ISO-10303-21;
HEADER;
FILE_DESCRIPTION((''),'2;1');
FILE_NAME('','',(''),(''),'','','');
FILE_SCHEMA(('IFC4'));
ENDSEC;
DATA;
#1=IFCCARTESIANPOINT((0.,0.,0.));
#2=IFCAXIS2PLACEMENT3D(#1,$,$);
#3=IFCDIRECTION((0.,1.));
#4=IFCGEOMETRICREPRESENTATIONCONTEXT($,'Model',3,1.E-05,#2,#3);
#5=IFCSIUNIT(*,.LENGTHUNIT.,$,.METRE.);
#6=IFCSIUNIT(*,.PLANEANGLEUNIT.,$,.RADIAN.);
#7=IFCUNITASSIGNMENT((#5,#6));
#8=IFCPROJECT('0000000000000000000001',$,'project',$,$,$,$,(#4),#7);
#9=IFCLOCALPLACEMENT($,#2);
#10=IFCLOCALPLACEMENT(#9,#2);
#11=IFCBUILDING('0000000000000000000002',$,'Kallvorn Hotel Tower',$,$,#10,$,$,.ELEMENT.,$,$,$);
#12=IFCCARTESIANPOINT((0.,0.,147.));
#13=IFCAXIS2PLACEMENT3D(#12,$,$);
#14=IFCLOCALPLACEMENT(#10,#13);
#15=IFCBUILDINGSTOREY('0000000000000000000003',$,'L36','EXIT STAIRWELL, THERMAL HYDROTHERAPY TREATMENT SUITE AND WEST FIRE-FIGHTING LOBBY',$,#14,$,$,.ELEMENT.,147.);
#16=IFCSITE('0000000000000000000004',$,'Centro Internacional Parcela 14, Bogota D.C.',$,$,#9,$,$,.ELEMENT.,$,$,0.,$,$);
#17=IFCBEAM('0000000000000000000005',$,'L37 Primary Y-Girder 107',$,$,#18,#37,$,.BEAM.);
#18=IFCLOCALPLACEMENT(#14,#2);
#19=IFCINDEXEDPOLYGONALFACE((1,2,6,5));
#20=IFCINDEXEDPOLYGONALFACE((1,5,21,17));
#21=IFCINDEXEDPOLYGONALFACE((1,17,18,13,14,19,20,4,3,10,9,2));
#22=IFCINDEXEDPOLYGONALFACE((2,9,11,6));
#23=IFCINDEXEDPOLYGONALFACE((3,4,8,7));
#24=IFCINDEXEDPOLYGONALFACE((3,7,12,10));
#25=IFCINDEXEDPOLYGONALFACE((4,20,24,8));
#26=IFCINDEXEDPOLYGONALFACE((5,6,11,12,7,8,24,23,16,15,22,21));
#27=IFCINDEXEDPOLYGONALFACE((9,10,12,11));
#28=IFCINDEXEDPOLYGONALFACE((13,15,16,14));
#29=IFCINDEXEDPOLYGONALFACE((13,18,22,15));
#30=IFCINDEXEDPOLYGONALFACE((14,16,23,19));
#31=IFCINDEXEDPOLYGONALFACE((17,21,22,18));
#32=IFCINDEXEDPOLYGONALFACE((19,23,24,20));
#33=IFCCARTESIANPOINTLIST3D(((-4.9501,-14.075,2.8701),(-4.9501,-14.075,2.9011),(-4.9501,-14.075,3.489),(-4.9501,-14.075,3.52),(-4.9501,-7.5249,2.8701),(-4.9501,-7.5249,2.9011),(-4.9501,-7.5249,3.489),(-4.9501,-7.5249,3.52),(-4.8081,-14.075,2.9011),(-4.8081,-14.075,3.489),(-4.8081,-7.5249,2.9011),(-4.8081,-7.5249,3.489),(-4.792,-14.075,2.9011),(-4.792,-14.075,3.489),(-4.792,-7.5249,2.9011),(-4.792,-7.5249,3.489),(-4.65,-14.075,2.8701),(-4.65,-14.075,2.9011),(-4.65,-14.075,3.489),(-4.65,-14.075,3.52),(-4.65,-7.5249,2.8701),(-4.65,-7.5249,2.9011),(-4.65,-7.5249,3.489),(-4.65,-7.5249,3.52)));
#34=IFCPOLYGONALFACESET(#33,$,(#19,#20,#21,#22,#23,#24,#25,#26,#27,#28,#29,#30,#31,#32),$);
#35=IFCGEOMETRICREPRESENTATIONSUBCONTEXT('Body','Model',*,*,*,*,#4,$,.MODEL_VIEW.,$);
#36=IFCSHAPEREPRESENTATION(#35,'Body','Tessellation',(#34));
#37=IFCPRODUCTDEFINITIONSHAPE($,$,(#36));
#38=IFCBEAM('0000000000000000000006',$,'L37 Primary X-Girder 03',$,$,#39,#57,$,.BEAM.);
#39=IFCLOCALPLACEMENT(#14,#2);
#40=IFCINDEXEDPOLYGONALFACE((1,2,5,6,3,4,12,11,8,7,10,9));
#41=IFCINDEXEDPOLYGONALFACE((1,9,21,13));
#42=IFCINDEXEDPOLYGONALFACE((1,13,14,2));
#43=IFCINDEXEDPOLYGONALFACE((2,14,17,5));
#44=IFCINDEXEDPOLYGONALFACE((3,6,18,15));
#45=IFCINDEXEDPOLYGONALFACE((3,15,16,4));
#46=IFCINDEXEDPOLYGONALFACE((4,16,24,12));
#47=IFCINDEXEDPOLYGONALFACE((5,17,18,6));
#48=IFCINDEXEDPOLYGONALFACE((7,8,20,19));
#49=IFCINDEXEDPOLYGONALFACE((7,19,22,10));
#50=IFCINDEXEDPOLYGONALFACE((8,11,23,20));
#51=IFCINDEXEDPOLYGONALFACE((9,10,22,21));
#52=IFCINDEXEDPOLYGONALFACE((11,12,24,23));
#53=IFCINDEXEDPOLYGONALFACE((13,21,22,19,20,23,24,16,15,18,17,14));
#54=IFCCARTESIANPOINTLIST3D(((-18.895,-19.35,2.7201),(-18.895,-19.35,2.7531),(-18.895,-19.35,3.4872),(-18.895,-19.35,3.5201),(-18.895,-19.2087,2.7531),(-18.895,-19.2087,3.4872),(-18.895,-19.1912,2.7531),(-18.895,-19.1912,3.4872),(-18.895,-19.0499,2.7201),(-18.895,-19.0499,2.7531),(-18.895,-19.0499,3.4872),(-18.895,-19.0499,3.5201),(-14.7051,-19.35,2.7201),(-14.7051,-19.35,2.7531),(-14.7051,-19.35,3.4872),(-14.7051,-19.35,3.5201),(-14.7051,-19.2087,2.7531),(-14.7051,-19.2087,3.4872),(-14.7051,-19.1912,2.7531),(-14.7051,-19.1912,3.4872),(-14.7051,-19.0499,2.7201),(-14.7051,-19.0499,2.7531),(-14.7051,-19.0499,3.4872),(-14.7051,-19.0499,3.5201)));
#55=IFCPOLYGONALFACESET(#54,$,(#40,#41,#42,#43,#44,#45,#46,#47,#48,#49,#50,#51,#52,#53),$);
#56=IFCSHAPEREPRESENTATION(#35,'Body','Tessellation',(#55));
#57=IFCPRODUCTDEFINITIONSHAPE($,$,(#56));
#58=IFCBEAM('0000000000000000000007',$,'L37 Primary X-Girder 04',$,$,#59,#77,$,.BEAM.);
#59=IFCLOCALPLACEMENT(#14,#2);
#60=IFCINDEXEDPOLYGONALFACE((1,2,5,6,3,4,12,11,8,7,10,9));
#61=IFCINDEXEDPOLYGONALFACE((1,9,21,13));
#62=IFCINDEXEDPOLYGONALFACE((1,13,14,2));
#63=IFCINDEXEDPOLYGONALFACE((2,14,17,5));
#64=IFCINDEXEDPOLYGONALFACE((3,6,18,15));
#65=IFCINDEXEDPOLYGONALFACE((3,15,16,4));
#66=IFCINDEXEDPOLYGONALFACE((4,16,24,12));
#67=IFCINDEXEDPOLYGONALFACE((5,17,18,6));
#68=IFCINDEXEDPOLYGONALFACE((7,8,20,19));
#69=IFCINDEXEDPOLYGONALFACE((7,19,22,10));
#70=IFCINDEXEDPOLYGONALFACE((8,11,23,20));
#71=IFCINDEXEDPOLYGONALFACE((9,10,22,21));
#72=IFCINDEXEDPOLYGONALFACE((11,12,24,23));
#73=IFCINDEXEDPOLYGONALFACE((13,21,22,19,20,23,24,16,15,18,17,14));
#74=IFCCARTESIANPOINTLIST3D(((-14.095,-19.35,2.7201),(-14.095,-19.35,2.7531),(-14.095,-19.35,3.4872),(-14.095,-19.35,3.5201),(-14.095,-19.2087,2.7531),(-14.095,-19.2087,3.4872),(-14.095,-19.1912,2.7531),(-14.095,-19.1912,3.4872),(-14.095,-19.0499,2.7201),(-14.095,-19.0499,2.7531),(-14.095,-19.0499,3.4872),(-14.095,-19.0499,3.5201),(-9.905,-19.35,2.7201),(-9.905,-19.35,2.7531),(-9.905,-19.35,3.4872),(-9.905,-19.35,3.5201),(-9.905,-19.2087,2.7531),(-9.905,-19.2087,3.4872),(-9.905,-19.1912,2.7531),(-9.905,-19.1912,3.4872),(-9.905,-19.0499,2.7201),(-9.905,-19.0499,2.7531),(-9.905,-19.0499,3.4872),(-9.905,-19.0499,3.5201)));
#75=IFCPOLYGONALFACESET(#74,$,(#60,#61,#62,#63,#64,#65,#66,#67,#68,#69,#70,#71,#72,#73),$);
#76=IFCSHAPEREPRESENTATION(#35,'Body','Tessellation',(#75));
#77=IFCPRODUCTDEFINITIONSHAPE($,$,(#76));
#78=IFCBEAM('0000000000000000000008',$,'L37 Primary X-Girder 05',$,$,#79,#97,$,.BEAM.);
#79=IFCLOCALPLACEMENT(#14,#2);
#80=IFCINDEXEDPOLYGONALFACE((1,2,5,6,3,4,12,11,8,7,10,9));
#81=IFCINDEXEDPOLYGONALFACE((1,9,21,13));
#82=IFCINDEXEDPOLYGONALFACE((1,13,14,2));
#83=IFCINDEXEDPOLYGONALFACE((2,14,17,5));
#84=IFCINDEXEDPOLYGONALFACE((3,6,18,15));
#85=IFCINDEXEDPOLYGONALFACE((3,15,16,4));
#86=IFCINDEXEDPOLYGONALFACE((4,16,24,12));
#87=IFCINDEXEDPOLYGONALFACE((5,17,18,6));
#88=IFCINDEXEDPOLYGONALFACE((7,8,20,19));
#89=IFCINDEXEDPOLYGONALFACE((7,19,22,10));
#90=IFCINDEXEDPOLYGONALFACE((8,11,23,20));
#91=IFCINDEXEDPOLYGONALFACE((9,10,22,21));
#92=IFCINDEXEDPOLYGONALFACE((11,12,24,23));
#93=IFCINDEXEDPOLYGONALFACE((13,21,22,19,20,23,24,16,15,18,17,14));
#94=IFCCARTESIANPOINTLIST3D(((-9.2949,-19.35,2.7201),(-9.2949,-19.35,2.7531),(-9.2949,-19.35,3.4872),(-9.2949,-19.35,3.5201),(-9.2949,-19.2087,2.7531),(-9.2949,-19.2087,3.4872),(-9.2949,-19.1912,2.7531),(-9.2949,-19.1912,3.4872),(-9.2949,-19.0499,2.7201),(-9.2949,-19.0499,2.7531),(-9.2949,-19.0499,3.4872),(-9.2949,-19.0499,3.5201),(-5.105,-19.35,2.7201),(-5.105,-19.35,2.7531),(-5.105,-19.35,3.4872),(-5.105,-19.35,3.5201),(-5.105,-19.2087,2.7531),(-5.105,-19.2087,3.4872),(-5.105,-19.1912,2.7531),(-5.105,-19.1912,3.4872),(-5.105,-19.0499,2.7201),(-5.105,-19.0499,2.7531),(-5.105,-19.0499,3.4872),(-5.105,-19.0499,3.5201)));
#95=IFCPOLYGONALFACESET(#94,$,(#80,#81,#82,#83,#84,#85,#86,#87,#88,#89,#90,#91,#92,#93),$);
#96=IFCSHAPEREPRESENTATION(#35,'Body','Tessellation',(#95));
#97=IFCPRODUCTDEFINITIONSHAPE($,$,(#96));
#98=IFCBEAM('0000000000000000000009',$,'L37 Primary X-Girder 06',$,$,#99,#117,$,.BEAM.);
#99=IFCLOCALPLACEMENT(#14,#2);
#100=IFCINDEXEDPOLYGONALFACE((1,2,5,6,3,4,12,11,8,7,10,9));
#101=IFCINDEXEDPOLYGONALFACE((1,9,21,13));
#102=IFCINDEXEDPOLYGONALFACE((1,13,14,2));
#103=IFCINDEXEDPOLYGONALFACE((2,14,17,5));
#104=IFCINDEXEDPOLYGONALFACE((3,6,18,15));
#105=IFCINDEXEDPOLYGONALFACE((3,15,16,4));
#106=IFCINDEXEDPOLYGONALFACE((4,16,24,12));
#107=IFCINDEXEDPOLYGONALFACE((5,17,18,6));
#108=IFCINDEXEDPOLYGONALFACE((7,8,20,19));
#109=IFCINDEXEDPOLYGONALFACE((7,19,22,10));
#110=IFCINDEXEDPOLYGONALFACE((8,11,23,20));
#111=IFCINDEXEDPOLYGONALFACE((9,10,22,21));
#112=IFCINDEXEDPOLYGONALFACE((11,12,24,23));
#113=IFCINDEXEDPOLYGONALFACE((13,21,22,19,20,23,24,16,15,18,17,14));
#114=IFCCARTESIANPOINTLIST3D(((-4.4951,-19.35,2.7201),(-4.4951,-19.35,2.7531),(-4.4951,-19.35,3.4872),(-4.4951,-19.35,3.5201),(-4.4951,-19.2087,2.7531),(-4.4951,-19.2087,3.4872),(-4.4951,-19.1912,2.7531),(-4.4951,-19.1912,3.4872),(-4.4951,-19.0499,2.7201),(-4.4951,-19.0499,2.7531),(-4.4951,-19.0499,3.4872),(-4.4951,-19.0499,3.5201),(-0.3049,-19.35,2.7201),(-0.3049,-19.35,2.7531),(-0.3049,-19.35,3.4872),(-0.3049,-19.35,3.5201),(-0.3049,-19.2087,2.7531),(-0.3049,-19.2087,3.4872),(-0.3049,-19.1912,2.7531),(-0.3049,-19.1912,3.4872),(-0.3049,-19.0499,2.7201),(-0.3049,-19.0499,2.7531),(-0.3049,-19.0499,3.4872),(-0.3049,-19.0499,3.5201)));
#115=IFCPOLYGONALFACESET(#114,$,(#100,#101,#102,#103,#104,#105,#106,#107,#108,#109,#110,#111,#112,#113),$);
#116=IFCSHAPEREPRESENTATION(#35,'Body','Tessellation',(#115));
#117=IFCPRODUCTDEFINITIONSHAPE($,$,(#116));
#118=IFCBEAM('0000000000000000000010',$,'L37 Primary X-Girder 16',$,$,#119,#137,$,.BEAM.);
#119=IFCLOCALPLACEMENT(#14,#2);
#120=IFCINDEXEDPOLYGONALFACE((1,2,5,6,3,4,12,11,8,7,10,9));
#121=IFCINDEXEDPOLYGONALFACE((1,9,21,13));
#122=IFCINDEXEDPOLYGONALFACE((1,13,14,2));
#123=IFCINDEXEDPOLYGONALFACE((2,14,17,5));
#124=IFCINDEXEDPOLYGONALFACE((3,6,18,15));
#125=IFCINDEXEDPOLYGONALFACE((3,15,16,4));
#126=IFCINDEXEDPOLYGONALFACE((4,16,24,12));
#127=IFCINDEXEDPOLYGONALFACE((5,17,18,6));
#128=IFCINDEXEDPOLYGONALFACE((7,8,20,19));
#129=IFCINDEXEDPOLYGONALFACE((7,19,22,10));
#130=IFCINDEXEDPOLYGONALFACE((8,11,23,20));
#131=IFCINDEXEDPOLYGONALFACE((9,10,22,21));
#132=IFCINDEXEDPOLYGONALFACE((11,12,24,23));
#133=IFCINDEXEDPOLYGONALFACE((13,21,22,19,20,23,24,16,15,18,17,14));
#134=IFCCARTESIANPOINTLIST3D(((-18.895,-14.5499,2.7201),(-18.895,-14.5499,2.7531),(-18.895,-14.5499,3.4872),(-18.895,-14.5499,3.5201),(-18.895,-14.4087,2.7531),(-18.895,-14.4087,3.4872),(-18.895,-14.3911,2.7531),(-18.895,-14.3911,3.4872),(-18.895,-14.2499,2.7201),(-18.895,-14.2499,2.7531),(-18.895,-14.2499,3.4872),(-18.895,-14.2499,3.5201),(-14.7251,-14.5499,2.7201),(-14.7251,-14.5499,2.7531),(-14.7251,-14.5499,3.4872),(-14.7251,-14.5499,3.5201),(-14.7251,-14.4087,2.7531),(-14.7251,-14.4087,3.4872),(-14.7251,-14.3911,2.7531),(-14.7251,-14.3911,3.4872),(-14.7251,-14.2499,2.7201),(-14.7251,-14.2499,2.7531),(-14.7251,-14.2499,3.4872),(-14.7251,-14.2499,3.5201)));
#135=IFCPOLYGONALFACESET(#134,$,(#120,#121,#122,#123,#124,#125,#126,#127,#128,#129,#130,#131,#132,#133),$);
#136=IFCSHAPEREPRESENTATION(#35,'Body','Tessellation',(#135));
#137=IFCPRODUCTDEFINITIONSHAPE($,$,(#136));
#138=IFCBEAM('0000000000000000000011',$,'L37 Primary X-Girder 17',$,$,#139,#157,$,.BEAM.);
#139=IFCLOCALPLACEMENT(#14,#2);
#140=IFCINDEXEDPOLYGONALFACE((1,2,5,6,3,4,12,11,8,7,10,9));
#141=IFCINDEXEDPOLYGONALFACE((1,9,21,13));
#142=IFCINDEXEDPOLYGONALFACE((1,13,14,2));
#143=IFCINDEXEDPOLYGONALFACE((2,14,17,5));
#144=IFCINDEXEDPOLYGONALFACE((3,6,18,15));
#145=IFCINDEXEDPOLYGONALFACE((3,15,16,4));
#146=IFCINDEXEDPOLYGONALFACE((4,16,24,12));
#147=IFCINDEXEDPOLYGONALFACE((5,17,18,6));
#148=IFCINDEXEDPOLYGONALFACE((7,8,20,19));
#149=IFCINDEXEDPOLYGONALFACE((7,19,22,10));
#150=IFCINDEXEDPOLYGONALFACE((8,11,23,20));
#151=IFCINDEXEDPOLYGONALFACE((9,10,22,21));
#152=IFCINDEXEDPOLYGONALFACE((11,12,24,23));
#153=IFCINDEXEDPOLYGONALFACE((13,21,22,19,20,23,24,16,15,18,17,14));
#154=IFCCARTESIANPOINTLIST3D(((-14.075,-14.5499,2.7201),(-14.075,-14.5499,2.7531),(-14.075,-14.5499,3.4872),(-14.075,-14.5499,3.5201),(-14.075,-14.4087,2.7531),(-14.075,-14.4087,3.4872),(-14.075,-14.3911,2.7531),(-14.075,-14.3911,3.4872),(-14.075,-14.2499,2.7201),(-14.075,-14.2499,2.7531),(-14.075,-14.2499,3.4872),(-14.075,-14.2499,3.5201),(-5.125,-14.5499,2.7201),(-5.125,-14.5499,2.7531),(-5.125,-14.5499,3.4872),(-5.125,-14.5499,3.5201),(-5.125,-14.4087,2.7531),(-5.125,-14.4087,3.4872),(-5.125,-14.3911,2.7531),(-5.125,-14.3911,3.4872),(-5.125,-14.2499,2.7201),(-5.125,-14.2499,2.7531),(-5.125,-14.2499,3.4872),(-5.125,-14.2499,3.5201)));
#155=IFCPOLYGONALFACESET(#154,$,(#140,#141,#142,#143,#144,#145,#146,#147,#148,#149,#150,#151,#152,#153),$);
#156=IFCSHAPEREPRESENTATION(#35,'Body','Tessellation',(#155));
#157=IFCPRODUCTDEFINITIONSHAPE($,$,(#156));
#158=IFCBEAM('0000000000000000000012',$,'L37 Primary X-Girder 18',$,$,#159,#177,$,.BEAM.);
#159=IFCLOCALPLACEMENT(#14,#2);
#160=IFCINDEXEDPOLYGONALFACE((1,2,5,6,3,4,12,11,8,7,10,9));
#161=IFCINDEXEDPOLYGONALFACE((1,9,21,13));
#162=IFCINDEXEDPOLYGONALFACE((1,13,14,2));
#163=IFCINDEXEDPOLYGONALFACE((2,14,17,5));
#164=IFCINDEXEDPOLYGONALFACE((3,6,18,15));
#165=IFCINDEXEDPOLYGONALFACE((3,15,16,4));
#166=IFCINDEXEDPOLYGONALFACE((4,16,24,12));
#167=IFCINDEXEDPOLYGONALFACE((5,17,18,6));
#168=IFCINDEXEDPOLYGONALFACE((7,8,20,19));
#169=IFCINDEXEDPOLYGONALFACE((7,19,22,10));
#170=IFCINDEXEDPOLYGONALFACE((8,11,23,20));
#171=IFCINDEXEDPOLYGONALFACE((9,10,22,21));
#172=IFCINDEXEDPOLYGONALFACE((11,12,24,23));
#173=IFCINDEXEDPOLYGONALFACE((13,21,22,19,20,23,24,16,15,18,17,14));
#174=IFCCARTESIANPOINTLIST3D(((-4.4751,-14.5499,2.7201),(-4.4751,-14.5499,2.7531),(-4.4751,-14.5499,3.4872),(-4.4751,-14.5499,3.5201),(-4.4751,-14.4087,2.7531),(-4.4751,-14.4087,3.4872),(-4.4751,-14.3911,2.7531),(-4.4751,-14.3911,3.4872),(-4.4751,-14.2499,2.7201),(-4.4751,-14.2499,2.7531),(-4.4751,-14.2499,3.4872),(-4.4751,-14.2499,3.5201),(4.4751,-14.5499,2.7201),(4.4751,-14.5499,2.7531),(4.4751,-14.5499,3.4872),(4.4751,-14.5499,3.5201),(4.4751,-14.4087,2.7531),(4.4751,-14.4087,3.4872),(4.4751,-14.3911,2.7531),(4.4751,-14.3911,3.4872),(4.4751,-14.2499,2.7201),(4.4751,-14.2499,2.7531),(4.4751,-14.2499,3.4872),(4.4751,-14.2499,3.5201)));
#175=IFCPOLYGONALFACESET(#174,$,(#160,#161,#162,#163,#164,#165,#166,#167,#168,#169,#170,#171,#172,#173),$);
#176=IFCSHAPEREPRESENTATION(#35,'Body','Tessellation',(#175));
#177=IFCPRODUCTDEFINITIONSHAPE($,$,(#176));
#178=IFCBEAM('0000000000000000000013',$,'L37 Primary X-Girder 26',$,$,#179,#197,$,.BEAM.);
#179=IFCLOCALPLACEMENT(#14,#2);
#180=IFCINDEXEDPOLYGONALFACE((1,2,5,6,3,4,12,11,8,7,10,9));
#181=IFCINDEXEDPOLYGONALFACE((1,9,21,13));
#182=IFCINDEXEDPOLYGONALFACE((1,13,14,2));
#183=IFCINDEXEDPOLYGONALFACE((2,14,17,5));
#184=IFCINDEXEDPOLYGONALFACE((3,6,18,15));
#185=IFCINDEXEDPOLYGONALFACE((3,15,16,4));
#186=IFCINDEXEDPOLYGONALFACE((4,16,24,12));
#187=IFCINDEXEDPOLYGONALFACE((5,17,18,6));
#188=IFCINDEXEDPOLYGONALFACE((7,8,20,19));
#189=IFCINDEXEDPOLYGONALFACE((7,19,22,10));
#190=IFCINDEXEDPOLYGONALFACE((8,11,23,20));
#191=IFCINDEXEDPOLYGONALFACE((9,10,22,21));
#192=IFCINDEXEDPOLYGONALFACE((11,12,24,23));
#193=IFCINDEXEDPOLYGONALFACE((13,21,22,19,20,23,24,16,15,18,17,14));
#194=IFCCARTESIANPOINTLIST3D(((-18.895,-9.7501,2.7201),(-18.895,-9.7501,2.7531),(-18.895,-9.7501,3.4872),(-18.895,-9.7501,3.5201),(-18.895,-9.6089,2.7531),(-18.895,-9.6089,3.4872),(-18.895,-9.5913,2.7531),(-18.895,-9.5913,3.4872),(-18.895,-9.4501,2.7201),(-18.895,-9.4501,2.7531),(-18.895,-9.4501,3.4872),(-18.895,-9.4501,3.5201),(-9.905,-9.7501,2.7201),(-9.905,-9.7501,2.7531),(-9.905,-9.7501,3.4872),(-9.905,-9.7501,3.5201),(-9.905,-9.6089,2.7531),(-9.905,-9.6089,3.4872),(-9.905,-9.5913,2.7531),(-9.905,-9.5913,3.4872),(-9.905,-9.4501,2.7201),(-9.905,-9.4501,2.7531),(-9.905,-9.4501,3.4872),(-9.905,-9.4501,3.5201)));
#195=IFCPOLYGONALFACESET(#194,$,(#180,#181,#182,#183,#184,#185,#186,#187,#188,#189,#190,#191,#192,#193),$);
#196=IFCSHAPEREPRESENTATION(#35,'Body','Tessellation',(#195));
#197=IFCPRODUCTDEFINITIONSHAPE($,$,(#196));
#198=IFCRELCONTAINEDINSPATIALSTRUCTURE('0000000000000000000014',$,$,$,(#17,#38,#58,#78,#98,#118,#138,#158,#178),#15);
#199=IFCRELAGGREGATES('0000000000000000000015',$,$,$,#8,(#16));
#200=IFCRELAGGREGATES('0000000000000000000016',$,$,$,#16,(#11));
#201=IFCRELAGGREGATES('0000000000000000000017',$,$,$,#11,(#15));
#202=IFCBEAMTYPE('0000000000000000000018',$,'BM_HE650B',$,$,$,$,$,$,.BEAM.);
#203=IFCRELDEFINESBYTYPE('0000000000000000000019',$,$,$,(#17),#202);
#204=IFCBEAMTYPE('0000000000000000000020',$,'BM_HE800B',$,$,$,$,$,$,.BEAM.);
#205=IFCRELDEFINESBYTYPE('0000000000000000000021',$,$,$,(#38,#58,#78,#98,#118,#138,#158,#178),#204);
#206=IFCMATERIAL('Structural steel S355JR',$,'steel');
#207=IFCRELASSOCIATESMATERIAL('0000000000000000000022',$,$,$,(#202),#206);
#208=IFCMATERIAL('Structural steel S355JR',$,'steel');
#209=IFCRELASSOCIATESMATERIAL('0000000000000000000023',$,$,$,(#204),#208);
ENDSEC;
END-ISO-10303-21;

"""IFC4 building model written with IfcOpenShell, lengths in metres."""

from ifc_helpers import new_model, si_unit, direction, frame, origin, origin_2d, place, context, subcontext, project, spatial, i_section, extrude, material, material_profile, profile_set, type_object, element, save


model = new_model("IFC4")

# Units and contexts
model_context = context("Model", 3, precision=1e-05, world=origin(), true_north=direction((0.0, 1.0)))
body_context = subcontext(model_context, "Body", "Model", "MODEL_VIEW")
ifc_project = project(units=[si_unit("LENGTHUNIT", "METRE"), si_unit("PLANEANGLEUNIT", "RADIAN")], contexts=[model_context])

# Site, building, storey
site_placement = place(None, origin())
site = spatial("IfcSite", under=ifc_project, at=site_placement, Name="Centro Internacional Parcela 14, Bogota D.C.", CompositionType="ELEMENT", RefElevation=0.0)
building_placement = place(site_placement, origin())
building = spatial("IfcBuilding", under=site, at=building_placement, Name="Kallvorn Hotel Tower", CompositionType="ELEMENT")
storey_placement = place(building_placement, frame((0.0, 0.0, 147.0)))
storey = spatial("IfcBuildingStorey", under=building, at=storey_placement, Name="L36", Description="EXIT STAIRWELL, THERMAL HYDROTHERAPY TREATMENT SUITE AND WEST FIRE-FIGHTING LOBBY", CompositionType="ELEMENT", Elevation=147.0)

# Beams
ifc_material_1 = material(Name="Structural steel S355JR", Category="steel")
ifc_material_profile_1 = material_profile(ifc_material_1, i_section(OverallWidth=0.3, OverallDepth=0.6499, WebThickness=0.0161, FlangeThickness=0.031, at=origin_2d()), Name="HE 650 B")
ifc_profile_set_1 = profile_set([ifc_material_profile_1], Name="Structural steel S355JR")
beam_type_1 = type_object("IfcBeamType", Name="BM_HE650B", PredefinedType="BEAM", material=ifc_profile_set_1)
beam_1_placement = place(storey_placement, frame((-4.8, -14.075, 3.1951), z_axis=(0.0, 1.0, 0.0), x_axis=(-1.0, 0.0, 0.0)))
element("IfcBeam", 1, at=beam_1_placement, inside=storey, type_object=beam_type_1, Name="L37 Primary Y-Girder 107", PredefinedType="BEAM", context=body_context, shape_type="SweptSolid", body=[
    extrude(i_section(OverallWidth=0.3, OverallDepth=0.6499, WebThickness=0.0161, FlangeThickness=0.031, at=origin_2d()), origin(), (0.0, 0.0, 1.0), 6.55),
])
ifc_material_2 = material(Name="Structural steel S355JR", Category="steel")
ifc_material_profile_2 = material_profile(ifc_material_2, i_section(OverallWidth=0.3, OverallDepth=0.8, WebThickness=0.0176, FlangeThickness=0.033, at=origin_2d()), Name="HE 800 B")
ifc_profile_set_2 = profile_set([ifc_material_profile_2], Name="Structural steel S355JR")
beam_type_2 = type_object("IfcBeamType", Name="BM_HE800B", PredefinedType="BEAM", material=ifc_profile_set_2)
for number, where, z_axis, x_axis, name in (
    (2, (-18.895, -19.2, 3.1201), (1.0, 0.0, 0.0), (0.0, 1.0, 0.0), "L37 Primary X-Girder 03"),
    (3, (-14.095, -19.2, 3.1201), (1.0, 0.0, 0.0), (0.0, 1.0, 0.0), "L37 Primary X-Girder 04"),
    (4, (-9.2949, -19.2, 3.1201), (1.0, 0.0, 0.0), (0.0, 1.0, 0.0), "L37 Primary X-Girder 05"),
):
    element("IfcBeam", number, at=place(storey_placement, frame(where, z_axis=z_axis, x_axis=x_axis)), inside=storey, type_object=beam_type_2, Name=name, PredefinedType="BEAM", context=body_context, shape_type="SweptSolid", body=[
        extrude(i_section(OverallWidth=0.3, OverallDepth=0.8, WebThickness=0.0176, FlangeThickness=0.033, at=origin_2d()), origin(), (0.0, 0.0, 1.0), 4.1899),
    ])
beam_2_placement = place(storey_placement, frame((-4.4951, -19.2, 3.1201), z_axis=(1.0, 0.0, 0.0), x_axis=(0.0, 1.0, 0.0)))
element("IfcBeam", 5, at=beam_2_placement, inside=storey, type_object=beam_type_2, Name="L37 Primary X-Girder 06", PredefinedType="BEAM", context=body_context, shape_type="SweptSolid", body=[
    extrude(i_section(OverallWidth=0.3, OverallDepth=0.8, WebThickness=0.0176, FlangeThickness=0.033, at=origin_2d()), origin(), (0.0, 0.0, 1.0), 4.1902),
])
beam_3_placement = place(storey_placement, frame((-18.895, -14.3999, 3.1201), z_axis=(1.0, 0.0, 0.0), x_axis=(0.0, 1.0, 0.0)))
element("IfcBeam", 6, at=beam_3_placement, inside=storey, type_object=beam_type_2, Name="L37 Primary X-Girder 16", PredefinedType="BEAM", context=body_context, shape_type="SweptSolid", body=[
    extrude(i_section(OverallWidth=0.3, OverallDepth=0.8, WebThickness=0.0176, FlangeThickness=0.033, at=origin_2d()), origin(), (0.0, 0.0, 1.0), 4.1699),
])
beam_4_placement = place(storey_placement, frame((-14.075, -14.3999, 3.1201), z_axis=(1.0, 0.0, 0.0), x_axis=(0.0, 1.0, 0.0)))
element("IfcBeam", 7, at=beam_4_placement, inside=storey, type_object=beam_type_2, Name="L37 Primary X-Girder 17", PredefinedType="BEAM", context=body_context, shape_type="SweptSolid", body=[
    extrude(i_section(OverallWidth=0.3, OverallDepth=0.8, WebThickness=0.0176, FlangeThickness=0.033, at=origin_2d()), origin(), (0.0, 0.0, 1.0), 8.95),
])
beam_5_placement = place(storey_placement, frame((-4.4751, -14.3999, 3.1201), z_axis=(1.0, 0.0, 0.0), x_axis=(0.0, 1.0, 0.0)))
element("IfcBeam", 8, at=beam_5_placement, inside=storey, type_object=beam_type_2, Name="L37 Primary X-Girder 18", PredefinedType="BEAM", context=body_context, shape_type="SweptSolid", body=[
    extrude(i_section(OverallWidth=0.3, OverallDepth=0.8, WebThickness=0.0176, FlangeThickness=0.033, at=origin_2d()), origin(), (0.0, 0.0, 1.0), 8.9502),
])
for number, where, z_axis, x_axis, name in (
    (9, (-18.895, -9.6001, 3.1201), (1.0, 0.0, 0.0), (0.0, 1.0, 0.0), "L37 Primary X-Girder 26"),
):
    element("IfcBeam", number, at=place(storey_placement, frame(where, z_axis=z_axis, x_axis=x_axis)), inside=storey, type_object=beam_type_2, Name=name, PredefinedType="BEAM", context=body_context, shape_type="SweptSolid", body=[
        extrude(i_section(OverallWidth=0.3, OverallDepth=0.8, WebThickness=0.0176, FlangeThickness=0.033, at=origin_2d()), origin(), (0.0, 0.0, 1.0), 8.99),
    ])

save(model, "model.ifc")
